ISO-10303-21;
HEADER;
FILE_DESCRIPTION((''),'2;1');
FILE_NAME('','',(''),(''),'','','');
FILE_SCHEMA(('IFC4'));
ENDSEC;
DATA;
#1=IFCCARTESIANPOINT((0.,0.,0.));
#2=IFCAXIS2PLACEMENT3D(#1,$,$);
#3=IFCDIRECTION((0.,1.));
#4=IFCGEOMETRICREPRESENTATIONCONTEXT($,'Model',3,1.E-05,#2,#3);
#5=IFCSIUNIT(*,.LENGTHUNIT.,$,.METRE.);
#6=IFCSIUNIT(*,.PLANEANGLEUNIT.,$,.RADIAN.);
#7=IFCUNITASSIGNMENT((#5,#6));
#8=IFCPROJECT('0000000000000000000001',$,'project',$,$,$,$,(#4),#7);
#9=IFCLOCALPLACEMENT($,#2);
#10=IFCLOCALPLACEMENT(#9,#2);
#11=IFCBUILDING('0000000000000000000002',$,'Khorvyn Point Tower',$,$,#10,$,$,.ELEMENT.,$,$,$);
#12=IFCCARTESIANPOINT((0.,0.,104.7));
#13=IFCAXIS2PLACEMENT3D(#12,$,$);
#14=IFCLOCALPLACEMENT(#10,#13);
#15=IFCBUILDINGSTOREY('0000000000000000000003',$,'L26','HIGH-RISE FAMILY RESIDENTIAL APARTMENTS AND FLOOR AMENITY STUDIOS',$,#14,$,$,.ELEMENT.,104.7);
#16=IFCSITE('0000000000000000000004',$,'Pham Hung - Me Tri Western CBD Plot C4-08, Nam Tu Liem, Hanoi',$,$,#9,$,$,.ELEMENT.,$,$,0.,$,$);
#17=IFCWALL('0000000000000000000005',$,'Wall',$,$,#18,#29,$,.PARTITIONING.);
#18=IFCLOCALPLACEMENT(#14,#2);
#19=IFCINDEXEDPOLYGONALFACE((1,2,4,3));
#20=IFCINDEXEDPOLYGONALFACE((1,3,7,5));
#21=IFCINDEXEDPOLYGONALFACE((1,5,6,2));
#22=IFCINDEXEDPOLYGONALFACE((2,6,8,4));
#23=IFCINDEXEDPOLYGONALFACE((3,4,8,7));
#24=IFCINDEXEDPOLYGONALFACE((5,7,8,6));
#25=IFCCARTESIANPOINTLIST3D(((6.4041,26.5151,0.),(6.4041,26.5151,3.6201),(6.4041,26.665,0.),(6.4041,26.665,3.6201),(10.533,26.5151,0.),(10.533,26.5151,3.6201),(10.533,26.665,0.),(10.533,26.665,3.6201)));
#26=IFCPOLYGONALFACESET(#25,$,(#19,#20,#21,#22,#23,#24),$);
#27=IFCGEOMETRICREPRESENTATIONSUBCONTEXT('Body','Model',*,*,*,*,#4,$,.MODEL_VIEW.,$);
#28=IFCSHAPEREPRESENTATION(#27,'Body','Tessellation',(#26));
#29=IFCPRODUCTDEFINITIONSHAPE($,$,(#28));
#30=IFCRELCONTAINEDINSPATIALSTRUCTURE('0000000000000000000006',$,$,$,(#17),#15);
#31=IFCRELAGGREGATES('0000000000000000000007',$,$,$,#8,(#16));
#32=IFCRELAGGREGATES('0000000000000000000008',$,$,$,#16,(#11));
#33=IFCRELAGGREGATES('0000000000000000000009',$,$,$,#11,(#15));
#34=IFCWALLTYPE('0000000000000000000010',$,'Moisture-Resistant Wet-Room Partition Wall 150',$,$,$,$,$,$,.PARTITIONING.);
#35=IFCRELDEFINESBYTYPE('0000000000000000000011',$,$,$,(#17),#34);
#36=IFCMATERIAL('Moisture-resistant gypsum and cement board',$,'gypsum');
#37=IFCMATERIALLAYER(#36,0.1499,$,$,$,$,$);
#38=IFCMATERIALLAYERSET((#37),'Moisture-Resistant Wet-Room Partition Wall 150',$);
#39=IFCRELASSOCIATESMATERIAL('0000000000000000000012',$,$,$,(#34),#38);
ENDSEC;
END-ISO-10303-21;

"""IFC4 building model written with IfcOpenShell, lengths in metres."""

from ifc_helpers import new_model, si_unit, direction, frame, frame_2d, origin, place, context, subcontext, project, spatial, rectangle, extrude, material, layer, layer_set, type_object, element, save


model = new_model("IFC4")

# Units and contexts
model_context = context("Model", 3, precision=1e-05, world=origin(), true_north=direction((0.0, 1.0)))
body_context = subcontext(model_context, "Body", "Model", "MODEL_VIEW")
ifc_project = project(units=[si_unit("LENGTHUNIT", "METRE"), si_unit("PLANEANGLEUNIT", "RADIAN")], contexts=[model_context])

# Site, building, storey
site_placement = place(None, origin())
site = spatial("IfcSite", under=ifc_project, at=site_placement, Name="Pham Hung - Me Tri Western CBD Plot C4-08, Nam Tu Liem, Hanoi", CompositionType="ELEMENT", RefElevation=0.0)
building_placement = place(site_placement, origin())
building = spatial("IfcBuilding", under=site, at=building_placement, Name="Khorvyn Point Tower", CompositionType="ELEMENT")
storey_placement = place(building_placement, frame((0.0, 0.0, 104.7)))
storey = spatial("IfcBuildingStorey", under=building, at=storey_placement, Name="L26", Description="HIGH-RISE FAMILY RESIDENTIAL APARTMENTS AND FLOOR AMENITY STUDIOS", CompositionType="ELEMENT", Elevation=104.7)

# Shared definitions
ifc_material_1 = material(Name="Moisture-resistant gypsum and cement board", Category="gypsum")
ifc_layer_1 = layer(ifc_material_1, 0.1499)
ifc_layer_set_1 = layer_set([ifc_layer_1], Name="Moisture-Resistant Wet-Room Partition Wall 150")
wall_type_1 = type_object("IfcWallType", Name="Moisture-Resistant Wet-Room Partition Wall 150", PredefinedType="PARTITIONING", material=ifc_layer_set_1)

# Wall
for number, where, z_axis, x_axis, name in (
    (1, (6.4041, 26.5901, 0.0), (0.0, 0.0, 1.0), (1.0, 0.0, 0.0), "Wall"),
):
    element("IfcWall", number, at=place(storey_placement, frame(where, z_axis=z_axis, x_axis=x_axis)), inside=storey, type_object=wall_type_1, Name=name, PredefinedType="PARTITIONING", context=body_context, shape_type="SweptSolid", body=[
        extrude(rectangle(XDim=4.1289, YDim=0.1499, at=frame_2d((2.0645, 0.0))), origin(), (0.0, 0.0, 1.0), 3.6201),
    ])

save(model, "model.ifc")
